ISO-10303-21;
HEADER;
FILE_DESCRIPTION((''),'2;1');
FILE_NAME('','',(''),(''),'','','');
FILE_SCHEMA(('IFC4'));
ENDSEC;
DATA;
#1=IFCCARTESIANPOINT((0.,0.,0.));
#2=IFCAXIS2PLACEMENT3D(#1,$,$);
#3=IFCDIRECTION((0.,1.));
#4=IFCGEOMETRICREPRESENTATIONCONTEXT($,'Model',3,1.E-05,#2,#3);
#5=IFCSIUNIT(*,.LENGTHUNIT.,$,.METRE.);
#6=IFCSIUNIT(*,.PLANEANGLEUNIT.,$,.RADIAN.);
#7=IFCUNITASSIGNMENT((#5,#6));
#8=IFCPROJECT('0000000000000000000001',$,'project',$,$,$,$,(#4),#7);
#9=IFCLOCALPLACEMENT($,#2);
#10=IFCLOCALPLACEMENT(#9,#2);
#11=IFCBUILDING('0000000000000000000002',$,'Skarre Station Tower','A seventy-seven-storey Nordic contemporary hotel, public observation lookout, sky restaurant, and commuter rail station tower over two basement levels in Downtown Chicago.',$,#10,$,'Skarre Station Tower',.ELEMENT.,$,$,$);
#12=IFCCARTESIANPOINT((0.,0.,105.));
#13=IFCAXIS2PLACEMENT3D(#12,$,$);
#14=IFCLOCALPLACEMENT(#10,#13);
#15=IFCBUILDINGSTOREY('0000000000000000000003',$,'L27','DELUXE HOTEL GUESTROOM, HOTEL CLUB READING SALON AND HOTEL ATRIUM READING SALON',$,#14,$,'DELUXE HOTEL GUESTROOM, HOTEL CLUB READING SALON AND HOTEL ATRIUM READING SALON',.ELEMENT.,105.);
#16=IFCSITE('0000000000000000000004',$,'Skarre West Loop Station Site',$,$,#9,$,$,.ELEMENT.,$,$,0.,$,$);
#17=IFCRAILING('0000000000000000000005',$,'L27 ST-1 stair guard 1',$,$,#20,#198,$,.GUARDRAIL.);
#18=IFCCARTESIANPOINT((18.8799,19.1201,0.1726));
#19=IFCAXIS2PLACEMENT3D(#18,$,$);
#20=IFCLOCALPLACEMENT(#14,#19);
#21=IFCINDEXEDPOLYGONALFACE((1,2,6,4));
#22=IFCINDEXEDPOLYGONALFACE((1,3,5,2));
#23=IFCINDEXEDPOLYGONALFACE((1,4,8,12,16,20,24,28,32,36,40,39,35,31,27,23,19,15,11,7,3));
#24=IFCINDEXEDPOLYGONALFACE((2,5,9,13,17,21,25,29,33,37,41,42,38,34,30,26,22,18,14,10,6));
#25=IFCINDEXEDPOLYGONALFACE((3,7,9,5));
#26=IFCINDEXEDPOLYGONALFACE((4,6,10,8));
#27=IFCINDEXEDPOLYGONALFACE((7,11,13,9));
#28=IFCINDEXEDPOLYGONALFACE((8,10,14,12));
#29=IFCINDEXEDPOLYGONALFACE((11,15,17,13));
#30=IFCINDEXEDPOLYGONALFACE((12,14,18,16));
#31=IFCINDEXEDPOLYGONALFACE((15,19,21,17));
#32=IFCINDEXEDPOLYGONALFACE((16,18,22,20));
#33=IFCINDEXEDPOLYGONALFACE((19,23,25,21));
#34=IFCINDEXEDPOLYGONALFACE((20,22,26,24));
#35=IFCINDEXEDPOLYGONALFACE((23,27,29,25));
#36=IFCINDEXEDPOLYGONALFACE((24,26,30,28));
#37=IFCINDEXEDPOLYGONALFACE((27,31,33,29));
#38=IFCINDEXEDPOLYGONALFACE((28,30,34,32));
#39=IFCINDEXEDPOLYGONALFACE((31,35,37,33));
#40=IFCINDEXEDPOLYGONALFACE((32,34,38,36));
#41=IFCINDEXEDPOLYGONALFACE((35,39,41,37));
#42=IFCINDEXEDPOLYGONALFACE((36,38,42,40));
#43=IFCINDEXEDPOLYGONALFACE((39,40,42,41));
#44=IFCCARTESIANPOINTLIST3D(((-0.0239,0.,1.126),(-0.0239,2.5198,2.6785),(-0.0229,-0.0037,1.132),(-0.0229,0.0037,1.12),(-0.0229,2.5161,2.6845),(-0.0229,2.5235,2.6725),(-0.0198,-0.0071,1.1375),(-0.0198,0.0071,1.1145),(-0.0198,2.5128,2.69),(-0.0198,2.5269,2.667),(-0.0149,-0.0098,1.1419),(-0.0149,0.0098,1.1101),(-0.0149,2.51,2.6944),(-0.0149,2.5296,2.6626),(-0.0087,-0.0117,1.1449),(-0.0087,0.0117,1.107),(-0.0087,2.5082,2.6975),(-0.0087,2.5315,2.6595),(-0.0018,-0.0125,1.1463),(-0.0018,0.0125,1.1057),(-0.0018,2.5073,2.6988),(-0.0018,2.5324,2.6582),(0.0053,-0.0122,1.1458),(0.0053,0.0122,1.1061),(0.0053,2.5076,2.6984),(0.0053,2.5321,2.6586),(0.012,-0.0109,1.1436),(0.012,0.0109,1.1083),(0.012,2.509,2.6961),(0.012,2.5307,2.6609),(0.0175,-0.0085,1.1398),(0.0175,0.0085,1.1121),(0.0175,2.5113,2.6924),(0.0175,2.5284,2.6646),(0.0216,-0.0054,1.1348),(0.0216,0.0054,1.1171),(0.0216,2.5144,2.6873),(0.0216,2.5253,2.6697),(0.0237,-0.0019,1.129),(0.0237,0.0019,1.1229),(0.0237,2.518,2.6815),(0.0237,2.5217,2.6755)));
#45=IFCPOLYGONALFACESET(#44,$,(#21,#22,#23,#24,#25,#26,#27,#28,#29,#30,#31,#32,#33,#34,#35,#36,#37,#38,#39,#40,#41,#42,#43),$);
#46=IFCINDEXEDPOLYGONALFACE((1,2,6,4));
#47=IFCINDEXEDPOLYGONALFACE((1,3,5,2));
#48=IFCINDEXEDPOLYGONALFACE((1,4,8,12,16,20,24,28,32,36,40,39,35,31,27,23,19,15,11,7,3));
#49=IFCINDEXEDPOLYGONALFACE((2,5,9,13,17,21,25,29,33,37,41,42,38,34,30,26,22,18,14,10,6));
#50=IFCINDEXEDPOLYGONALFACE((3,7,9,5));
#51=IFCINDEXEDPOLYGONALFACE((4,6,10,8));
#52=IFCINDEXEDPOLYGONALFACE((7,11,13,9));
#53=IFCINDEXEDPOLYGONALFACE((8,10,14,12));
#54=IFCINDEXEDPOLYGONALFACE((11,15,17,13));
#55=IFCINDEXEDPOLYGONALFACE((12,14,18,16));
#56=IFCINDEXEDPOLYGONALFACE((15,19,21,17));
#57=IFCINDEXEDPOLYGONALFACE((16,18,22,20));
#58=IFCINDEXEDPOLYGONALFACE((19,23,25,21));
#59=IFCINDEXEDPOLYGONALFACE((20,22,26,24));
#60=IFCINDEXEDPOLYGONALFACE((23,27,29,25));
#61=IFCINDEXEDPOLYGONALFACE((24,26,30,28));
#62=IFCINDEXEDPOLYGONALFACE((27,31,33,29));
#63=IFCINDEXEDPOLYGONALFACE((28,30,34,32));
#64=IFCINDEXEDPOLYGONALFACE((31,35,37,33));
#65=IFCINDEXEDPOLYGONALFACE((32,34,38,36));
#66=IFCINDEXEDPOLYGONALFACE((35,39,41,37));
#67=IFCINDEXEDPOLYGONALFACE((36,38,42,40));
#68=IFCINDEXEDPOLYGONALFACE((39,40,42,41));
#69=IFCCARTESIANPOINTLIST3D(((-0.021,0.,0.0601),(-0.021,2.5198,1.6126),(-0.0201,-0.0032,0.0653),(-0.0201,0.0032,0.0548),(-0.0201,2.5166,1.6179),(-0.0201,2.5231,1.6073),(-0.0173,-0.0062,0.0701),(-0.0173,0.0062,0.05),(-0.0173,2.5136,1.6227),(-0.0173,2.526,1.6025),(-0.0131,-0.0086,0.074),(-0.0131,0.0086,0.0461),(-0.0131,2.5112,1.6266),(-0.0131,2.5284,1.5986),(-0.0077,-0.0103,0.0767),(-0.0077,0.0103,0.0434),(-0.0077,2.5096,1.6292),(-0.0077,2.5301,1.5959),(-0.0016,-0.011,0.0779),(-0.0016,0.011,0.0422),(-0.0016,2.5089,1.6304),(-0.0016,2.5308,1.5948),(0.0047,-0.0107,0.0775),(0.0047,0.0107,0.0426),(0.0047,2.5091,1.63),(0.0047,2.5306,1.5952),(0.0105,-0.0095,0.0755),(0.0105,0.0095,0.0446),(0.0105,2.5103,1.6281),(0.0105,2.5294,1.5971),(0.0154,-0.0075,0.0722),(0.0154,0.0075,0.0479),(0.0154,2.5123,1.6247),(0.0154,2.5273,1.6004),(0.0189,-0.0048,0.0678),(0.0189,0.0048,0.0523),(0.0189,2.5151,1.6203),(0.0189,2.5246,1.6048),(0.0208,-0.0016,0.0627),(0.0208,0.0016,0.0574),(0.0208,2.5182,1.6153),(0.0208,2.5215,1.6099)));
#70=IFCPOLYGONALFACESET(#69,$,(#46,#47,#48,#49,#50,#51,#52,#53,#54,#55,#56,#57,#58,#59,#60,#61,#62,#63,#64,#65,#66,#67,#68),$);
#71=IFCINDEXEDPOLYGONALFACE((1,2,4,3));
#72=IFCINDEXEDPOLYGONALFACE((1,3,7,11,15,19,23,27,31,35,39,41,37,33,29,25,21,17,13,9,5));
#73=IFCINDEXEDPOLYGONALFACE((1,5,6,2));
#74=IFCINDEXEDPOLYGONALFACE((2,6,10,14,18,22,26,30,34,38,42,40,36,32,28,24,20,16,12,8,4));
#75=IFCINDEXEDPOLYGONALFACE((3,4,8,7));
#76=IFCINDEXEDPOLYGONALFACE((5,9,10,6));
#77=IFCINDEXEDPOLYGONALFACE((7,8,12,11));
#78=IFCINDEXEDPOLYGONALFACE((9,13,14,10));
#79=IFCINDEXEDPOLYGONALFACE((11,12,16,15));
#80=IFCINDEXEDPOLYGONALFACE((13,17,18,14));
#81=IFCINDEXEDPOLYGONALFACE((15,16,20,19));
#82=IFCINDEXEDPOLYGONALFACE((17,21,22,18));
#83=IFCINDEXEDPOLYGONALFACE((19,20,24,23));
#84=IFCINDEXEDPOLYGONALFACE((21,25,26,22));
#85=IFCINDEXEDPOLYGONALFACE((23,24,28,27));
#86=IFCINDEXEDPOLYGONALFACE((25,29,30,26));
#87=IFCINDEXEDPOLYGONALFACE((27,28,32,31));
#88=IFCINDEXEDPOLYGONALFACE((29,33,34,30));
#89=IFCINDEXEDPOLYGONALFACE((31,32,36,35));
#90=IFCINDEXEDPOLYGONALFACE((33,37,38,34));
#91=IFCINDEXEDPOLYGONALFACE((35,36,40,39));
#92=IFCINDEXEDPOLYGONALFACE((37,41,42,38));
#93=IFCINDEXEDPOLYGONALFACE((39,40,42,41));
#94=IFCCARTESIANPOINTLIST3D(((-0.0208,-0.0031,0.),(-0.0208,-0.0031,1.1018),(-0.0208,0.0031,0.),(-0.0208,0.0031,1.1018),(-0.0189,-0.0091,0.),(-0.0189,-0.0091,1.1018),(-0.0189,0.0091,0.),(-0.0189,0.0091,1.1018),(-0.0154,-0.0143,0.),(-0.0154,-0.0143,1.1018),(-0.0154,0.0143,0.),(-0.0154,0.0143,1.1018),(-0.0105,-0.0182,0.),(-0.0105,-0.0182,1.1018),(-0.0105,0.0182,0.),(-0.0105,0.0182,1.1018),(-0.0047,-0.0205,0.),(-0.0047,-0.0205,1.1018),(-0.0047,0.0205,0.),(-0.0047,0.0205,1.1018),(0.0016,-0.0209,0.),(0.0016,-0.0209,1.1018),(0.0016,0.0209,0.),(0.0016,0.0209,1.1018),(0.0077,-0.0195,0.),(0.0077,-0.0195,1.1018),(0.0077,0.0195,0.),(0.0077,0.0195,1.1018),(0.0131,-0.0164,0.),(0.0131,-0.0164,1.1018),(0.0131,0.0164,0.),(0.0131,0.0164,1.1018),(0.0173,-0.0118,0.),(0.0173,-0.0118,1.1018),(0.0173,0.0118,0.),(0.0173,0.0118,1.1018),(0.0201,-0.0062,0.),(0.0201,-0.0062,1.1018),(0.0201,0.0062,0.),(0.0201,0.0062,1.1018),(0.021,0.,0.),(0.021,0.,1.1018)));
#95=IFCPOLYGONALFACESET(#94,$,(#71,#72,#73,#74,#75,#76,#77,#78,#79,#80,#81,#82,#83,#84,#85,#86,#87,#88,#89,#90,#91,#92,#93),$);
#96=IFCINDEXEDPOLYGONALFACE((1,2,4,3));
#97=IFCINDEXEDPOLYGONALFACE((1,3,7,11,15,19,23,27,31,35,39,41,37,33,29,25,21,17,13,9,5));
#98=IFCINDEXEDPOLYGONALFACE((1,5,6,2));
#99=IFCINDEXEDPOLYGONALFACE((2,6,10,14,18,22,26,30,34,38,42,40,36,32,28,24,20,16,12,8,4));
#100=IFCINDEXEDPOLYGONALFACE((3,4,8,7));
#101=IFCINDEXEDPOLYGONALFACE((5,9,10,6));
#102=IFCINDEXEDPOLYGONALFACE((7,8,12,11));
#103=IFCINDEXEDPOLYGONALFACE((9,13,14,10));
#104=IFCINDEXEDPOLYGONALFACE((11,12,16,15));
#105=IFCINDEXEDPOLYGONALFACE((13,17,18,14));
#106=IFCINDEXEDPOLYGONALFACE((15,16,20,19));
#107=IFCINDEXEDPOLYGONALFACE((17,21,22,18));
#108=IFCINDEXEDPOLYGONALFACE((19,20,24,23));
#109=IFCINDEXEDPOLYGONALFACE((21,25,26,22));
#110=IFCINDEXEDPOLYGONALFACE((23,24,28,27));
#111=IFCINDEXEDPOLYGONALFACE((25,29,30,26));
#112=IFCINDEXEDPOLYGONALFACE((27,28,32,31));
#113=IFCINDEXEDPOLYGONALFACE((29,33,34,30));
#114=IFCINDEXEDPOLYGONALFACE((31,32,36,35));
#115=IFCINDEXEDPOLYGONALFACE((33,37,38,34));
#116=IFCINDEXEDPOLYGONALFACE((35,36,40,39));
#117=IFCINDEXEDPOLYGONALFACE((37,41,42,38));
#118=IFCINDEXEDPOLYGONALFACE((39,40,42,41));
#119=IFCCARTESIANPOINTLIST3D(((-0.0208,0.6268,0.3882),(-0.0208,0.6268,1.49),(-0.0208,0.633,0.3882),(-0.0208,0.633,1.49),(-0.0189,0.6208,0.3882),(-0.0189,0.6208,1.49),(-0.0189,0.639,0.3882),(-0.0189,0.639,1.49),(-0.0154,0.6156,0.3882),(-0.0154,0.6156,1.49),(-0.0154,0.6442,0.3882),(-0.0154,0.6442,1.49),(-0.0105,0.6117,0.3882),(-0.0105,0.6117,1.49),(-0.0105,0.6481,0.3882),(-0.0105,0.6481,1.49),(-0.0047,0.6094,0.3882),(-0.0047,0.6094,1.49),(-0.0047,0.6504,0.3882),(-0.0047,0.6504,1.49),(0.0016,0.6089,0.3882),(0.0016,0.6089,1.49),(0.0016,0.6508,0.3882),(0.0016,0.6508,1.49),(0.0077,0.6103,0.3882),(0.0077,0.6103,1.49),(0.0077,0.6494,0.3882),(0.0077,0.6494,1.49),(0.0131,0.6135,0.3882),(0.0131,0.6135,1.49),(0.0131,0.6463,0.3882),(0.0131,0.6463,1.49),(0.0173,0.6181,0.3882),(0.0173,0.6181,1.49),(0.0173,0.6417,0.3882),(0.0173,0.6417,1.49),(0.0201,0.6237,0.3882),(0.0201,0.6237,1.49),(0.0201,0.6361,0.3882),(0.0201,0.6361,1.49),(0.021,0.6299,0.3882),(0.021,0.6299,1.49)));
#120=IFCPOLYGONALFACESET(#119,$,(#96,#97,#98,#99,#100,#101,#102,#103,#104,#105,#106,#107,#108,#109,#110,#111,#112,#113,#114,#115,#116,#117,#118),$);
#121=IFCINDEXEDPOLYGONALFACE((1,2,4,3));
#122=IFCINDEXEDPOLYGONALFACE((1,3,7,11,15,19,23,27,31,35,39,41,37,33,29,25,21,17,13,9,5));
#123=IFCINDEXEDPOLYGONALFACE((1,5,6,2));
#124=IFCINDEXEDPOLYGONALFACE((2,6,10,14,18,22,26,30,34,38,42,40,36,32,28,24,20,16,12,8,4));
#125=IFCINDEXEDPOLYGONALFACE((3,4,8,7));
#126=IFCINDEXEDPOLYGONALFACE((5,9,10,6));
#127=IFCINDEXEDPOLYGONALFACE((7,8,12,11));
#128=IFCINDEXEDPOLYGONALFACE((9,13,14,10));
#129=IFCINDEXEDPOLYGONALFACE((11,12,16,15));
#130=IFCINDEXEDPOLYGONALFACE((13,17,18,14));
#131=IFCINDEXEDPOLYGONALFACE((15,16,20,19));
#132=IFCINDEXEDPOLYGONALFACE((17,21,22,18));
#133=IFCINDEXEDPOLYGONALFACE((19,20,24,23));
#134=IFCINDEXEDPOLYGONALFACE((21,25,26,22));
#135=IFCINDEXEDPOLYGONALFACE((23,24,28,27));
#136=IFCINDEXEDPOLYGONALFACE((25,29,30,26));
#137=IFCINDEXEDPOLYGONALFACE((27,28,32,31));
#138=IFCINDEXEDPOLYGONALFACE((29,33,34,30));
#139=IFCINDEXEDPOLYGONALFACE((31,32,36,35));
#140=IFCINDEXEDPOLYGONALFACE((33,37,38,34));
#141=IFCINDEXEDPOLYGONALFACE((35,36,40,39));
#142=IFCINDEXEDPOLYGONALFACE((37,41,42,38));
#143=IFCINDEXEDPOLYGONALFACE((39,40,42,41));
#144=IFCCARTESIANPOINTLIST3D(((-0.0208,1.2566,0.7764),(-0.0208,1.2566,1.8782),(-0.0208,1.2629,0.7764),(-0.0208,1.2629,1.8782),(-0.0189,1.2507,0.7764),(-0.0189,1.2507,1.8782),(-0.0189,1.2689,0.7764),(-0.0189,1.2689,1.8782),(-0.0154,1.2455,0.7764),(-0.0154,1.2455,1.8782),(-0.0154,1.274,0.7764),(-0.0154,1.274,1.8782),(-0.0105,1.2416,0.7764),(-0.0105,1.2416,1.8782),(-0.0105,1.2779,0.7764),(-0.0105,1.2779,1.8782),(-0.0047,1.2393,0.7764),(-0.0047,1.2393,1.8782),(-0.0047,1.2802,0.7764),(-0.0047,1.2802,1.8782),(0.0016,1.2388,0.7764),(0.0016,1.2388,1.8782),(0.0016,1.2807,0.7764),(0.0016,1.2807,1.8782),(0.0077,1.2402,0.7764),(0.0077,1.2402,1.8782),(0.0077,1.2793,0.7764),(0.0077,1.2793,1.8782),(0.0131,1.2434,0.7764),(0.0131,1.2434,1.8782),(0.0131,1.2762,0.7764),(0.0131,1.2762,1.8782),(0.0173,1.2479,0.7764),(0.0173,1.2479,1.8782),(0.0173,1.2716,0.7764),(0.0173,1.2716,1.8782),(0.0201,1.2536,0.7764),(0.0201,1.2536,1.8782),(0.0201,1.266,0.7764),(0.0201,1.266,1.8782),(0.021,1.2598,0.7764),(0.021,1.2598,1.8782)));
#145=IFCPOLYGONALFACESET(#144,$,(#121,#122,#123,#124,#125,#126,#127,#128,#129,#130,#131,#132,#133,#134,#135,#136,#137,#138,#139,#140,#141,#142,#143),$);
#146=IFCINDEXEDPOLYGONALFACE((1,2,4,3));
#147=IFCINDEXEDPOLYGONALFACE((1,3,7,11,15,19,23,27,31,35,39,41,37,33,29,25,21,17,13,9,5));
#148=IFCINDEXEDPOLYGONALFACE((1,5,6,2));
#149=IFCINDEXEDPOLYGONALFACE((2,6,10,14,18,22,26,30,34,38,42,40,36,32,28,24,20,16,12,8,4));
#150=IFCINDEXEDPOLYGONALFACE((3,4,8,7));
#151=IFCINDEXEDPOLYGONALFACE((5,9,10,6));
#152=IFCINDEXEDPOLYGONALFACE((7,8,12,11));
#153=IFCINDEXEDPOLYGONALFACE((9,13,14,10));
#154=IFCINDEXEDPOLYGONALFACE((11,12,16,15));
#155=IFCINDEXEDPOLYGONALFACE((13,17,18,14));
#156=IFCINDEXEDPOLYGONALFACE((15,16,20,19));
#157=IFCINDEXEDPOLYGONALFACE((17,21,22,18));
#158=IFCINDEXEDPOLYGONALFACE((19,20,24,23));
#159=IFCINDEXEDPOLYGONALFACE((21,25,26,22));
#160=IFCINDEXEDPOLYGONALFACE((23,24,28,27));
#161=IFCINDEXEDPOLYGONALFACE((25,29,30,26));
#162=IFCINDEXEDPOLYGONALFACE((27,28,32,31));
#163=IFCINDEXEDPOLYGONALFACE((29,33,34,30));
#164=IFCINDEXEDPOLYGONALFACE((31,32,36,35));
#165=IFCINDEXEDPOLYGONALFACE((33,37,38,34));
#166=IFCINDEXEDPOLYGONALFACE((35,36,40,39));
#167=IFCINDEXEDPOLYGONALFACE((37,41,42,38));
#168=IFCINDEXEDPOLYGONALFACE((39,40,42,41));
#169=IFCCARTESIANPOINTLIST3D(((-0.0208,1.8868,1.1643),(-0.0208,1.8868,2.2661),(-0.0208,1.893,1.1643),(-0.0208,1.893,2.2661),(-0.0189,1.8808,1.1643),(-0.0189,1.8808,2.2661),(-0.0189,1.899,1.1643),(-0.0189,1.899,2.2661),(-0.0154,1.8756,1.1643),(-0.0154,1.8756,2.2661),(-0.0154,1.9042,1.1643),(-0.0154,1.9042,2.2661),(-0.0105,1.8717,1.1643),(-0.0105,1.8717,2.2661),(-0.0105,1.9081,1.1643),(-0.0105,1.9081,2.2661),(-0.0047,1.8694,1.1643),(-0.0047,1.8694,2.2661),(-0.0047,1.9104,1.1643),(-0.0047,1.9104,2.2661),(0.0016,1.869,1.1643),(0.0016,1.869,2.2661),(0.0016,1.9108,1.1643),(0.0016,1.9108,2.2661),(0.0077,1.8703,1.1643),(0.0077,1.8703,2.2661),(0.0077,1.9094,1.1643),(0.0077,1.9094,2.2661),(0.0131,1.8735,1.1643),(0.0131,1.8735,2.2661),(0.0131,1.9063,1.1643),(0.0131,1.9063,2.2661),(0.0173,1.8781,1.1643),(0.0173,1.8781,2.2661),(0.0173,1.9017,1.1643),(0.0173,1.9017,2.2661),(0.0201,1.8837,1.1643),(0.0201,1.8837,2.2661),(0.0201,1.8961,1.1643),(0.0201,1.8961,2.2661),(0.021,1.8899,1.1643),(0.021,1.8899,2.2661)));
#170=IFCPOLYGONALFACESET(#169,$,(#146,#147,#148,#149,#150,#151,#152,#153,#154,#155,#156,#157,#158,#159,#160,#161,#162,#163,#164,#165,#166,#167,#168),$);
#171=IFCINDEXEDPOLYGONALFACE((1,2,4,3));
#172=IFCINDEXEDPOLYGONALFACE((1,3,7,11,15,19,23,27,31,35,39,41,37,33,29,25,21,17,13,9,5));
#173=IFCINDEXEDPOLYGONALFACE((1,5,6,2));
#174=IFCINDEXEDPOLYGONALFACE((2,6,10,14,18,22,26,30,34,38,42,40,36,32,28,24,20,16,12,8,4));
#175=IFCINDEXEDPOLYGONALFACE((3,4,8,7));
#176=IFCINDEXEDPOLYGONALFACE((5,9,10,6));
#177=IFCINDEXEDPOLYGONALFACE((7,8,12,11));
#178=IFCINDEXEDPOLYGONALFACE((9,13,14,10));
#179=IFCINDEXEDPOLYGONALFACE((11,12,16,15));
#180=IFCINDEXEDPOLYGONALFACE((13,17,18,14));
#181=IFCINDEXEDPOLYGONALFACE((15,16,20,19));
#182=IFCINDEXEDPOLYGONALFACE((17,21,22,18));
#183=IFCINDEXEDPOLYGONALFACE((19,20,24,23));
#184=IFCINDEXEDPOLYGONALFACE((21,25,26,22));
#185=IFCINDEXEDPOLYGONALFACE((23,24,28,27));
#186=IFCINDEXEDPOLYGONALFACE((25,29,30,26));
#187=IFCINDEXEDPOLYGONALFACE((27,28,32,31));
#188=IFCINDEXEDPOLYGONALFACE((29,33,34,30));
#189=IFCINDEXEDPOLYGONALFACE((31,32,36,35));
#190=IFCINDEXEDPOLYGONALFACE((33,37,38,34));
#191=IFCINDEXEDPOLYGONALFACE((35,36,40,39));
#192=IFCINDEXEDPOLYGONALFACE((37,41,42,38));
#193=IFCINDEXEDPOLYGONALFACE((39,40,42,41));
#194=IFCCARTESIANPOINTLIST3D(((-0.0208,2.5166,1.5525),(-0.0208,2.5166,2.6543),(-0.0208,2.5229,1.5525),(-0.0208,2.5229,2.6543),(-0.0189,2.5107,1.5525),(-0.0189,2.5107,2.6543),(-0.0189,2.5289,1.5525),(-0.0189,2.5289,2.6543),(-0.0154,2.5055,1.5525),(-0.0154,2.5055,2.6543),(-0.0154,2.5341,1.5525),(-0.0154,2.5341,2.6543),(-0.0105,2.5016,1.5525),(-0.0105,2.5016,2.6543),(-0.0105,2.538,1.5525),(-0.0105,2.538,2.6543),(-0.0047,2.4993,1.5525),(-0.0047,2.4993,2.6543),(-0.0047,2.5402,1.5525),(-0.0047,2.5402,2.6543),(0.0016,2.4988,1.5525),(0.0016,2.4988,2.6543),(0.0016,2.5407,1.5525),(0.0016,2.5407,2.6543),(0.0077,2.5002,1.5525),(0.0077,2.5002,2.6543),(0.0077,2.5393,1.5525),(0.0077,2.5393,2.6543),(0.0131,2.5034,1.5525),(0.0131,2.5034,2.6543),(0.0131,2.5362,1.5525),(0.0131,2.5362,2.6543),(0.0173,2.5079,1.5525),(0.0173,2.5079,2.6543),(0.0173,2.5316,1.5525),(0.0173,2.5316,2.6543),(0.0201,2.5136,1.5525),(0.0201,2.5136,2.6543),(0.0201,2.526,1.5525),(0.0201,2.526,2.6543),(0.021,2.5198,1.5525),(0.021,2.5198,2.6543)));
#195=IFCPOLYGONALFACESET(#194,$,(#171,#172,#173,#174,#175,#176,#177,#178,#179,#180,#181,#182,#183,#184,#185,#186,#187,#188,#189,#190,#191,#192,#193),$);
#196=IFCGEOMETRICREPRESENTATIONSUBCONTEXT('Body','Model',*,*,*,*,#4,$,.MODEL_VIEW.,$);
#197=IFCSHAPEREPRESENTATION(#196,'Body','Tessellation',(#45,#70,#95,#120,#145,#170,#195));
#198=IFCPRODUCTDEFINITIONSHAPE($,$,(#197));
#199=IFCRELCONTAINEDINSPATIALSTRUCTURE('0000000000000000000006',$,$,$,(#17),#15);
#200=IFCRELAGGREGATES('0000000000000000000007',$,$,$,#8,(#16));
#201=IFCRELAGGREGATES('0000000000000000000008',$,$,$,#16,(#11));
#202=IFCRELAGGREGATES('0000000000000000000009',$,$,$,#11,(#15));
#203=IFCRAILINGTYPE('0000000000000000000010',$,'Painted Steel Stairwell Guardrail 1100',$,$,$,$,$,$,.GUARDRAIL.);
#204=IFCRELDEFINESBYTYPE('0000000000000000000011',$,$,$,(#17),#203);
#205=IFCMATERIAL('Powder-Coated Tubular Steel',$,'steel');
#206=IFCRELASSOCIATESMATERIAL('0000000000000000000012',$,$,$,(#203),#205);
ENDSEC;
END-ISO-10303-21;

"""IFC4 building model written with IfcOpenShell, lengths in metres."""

from ifc_helpers import new_model, si_unit, direction, frame, origin, origin_2d, place, context, subcontext, project, spatial, circle, extrude, material, type_object, element, save


model = new_model("IFC4")

# Units and contexts
model_context = context("Model", 3, precision=1e-05, world=origin(), true_north=direction((0.0, 1.0)))
body_context = subcontext(model_context, "Body", "Model", "MODEL_VIEW")
ifc_project = project(units=[si_unit("LENGTHUNIT", "METRE"), si_unit("PLANEANGLEUNIT", "RADIAN")], contexts=[model_context])

# Site, building, storey
site_placement = place(None, origin())
site = spatial("IfcSite", under=ifc_project, at=site_placement, Name="Skarre West Loop Station Site", CompositionType="ELEMENT", RefElevation=0.0)
building_placement = place(site_placement, origin())
building = spatial("IfcBuilding", under=site, at=building_placement, Name="Skarre Station Tower", Description="A seventy-seven-storey Nordic contemporary hotel, public observation lookout, sky restaurant, and commuter rail station tower over two basement levels in Downtown Chicago.", LongName="Skarre Station Tower", CompositionType="ELEMENT")
storey_placement = place(building_placement, frame((0.0, 0.0, 105.0)))
storey = spatial("IfcBuildingStorey", under=building, at=storey_placement, Name="L27", Description="DELUXE HOTEL GUESTROOM, HOTEL CLUB READING SALON AND HOTEL ATRIUM READING SALON", LongName="DELUXE HOTEL GUESTROOM, HOTEL CLUB READING SALON AND HOTEL ATRIUM READING SALON", CompositionType="ELEMENT", Elevation=105.0)

# Railing
ifc_material_1 = material(Name="Powder-Coated Tubular Steel", Category="steel")
railing_type_1 = type_object("IfcRailingType", Name="Painted Steel Stairwell Guardrail 1100", PredefinedType="GUARDRAIL", material=ifc_material_1)
railing_1_placement = place(storey_placement, frame((18.8799, 19.1201, 0.1726)))
element("IfcRailing", 1, at=railing_1_placement, inside=storey, type_object=railing_type_1, Name="L27 ST-1 stair guard 1", PredefinedType="GUARDRAIL", context=body_context, shape_type="SweptSolid", body=[
    extrude(circle(Radius=0.0239, at=origin_2d()), frame((0.0, 0.0, 1.126), z_axis=(0.0, 0.851378, 0.524553), x_axis=(-1.0, 0.0, 0.0)), (0.0, 0.0, 1.0), 2.9597),
    extrude(circle(Radius=0.021, at=origin_2d()), frame((0.0, 0.0, 0.0601), z_axis=(0.0, 0.851378, 0.524553), x_axis=(-1.0, 0.0, 0.0)), (0.0, 0.0, 1.0), 2.9597),
    extrude(circle(Radius=0.021, at=origin_2d()), origin(), (0.0, 0.0, 1.0), 1.1018),
    extrude(circle(Radius=0.021, at=origin_2d()), frame((0.0, 0.6299, 0.3882)), (0.0, 0.0, 1.0), 1.1018),
    extrude(circle(Radius=0.021, at=origin_2d()), frame((0.0, 1.2598, 0.7764)), (0.0, 0.0, 1.0), 1.1018),
    extrude(circle(Radius=0.021, at=origin_2d()), frame((0.0, 1.8899, 1.1643)), (0.0, 0.0, 1.0), 1.1018),
    extrude(circle(Radius=0.021, at=origin_2d()), frame((0.0, 2.5198, 1.5525)), (0.0, 0.0, 1.0), 1.1018),
])

save(model, "model.ifc")
